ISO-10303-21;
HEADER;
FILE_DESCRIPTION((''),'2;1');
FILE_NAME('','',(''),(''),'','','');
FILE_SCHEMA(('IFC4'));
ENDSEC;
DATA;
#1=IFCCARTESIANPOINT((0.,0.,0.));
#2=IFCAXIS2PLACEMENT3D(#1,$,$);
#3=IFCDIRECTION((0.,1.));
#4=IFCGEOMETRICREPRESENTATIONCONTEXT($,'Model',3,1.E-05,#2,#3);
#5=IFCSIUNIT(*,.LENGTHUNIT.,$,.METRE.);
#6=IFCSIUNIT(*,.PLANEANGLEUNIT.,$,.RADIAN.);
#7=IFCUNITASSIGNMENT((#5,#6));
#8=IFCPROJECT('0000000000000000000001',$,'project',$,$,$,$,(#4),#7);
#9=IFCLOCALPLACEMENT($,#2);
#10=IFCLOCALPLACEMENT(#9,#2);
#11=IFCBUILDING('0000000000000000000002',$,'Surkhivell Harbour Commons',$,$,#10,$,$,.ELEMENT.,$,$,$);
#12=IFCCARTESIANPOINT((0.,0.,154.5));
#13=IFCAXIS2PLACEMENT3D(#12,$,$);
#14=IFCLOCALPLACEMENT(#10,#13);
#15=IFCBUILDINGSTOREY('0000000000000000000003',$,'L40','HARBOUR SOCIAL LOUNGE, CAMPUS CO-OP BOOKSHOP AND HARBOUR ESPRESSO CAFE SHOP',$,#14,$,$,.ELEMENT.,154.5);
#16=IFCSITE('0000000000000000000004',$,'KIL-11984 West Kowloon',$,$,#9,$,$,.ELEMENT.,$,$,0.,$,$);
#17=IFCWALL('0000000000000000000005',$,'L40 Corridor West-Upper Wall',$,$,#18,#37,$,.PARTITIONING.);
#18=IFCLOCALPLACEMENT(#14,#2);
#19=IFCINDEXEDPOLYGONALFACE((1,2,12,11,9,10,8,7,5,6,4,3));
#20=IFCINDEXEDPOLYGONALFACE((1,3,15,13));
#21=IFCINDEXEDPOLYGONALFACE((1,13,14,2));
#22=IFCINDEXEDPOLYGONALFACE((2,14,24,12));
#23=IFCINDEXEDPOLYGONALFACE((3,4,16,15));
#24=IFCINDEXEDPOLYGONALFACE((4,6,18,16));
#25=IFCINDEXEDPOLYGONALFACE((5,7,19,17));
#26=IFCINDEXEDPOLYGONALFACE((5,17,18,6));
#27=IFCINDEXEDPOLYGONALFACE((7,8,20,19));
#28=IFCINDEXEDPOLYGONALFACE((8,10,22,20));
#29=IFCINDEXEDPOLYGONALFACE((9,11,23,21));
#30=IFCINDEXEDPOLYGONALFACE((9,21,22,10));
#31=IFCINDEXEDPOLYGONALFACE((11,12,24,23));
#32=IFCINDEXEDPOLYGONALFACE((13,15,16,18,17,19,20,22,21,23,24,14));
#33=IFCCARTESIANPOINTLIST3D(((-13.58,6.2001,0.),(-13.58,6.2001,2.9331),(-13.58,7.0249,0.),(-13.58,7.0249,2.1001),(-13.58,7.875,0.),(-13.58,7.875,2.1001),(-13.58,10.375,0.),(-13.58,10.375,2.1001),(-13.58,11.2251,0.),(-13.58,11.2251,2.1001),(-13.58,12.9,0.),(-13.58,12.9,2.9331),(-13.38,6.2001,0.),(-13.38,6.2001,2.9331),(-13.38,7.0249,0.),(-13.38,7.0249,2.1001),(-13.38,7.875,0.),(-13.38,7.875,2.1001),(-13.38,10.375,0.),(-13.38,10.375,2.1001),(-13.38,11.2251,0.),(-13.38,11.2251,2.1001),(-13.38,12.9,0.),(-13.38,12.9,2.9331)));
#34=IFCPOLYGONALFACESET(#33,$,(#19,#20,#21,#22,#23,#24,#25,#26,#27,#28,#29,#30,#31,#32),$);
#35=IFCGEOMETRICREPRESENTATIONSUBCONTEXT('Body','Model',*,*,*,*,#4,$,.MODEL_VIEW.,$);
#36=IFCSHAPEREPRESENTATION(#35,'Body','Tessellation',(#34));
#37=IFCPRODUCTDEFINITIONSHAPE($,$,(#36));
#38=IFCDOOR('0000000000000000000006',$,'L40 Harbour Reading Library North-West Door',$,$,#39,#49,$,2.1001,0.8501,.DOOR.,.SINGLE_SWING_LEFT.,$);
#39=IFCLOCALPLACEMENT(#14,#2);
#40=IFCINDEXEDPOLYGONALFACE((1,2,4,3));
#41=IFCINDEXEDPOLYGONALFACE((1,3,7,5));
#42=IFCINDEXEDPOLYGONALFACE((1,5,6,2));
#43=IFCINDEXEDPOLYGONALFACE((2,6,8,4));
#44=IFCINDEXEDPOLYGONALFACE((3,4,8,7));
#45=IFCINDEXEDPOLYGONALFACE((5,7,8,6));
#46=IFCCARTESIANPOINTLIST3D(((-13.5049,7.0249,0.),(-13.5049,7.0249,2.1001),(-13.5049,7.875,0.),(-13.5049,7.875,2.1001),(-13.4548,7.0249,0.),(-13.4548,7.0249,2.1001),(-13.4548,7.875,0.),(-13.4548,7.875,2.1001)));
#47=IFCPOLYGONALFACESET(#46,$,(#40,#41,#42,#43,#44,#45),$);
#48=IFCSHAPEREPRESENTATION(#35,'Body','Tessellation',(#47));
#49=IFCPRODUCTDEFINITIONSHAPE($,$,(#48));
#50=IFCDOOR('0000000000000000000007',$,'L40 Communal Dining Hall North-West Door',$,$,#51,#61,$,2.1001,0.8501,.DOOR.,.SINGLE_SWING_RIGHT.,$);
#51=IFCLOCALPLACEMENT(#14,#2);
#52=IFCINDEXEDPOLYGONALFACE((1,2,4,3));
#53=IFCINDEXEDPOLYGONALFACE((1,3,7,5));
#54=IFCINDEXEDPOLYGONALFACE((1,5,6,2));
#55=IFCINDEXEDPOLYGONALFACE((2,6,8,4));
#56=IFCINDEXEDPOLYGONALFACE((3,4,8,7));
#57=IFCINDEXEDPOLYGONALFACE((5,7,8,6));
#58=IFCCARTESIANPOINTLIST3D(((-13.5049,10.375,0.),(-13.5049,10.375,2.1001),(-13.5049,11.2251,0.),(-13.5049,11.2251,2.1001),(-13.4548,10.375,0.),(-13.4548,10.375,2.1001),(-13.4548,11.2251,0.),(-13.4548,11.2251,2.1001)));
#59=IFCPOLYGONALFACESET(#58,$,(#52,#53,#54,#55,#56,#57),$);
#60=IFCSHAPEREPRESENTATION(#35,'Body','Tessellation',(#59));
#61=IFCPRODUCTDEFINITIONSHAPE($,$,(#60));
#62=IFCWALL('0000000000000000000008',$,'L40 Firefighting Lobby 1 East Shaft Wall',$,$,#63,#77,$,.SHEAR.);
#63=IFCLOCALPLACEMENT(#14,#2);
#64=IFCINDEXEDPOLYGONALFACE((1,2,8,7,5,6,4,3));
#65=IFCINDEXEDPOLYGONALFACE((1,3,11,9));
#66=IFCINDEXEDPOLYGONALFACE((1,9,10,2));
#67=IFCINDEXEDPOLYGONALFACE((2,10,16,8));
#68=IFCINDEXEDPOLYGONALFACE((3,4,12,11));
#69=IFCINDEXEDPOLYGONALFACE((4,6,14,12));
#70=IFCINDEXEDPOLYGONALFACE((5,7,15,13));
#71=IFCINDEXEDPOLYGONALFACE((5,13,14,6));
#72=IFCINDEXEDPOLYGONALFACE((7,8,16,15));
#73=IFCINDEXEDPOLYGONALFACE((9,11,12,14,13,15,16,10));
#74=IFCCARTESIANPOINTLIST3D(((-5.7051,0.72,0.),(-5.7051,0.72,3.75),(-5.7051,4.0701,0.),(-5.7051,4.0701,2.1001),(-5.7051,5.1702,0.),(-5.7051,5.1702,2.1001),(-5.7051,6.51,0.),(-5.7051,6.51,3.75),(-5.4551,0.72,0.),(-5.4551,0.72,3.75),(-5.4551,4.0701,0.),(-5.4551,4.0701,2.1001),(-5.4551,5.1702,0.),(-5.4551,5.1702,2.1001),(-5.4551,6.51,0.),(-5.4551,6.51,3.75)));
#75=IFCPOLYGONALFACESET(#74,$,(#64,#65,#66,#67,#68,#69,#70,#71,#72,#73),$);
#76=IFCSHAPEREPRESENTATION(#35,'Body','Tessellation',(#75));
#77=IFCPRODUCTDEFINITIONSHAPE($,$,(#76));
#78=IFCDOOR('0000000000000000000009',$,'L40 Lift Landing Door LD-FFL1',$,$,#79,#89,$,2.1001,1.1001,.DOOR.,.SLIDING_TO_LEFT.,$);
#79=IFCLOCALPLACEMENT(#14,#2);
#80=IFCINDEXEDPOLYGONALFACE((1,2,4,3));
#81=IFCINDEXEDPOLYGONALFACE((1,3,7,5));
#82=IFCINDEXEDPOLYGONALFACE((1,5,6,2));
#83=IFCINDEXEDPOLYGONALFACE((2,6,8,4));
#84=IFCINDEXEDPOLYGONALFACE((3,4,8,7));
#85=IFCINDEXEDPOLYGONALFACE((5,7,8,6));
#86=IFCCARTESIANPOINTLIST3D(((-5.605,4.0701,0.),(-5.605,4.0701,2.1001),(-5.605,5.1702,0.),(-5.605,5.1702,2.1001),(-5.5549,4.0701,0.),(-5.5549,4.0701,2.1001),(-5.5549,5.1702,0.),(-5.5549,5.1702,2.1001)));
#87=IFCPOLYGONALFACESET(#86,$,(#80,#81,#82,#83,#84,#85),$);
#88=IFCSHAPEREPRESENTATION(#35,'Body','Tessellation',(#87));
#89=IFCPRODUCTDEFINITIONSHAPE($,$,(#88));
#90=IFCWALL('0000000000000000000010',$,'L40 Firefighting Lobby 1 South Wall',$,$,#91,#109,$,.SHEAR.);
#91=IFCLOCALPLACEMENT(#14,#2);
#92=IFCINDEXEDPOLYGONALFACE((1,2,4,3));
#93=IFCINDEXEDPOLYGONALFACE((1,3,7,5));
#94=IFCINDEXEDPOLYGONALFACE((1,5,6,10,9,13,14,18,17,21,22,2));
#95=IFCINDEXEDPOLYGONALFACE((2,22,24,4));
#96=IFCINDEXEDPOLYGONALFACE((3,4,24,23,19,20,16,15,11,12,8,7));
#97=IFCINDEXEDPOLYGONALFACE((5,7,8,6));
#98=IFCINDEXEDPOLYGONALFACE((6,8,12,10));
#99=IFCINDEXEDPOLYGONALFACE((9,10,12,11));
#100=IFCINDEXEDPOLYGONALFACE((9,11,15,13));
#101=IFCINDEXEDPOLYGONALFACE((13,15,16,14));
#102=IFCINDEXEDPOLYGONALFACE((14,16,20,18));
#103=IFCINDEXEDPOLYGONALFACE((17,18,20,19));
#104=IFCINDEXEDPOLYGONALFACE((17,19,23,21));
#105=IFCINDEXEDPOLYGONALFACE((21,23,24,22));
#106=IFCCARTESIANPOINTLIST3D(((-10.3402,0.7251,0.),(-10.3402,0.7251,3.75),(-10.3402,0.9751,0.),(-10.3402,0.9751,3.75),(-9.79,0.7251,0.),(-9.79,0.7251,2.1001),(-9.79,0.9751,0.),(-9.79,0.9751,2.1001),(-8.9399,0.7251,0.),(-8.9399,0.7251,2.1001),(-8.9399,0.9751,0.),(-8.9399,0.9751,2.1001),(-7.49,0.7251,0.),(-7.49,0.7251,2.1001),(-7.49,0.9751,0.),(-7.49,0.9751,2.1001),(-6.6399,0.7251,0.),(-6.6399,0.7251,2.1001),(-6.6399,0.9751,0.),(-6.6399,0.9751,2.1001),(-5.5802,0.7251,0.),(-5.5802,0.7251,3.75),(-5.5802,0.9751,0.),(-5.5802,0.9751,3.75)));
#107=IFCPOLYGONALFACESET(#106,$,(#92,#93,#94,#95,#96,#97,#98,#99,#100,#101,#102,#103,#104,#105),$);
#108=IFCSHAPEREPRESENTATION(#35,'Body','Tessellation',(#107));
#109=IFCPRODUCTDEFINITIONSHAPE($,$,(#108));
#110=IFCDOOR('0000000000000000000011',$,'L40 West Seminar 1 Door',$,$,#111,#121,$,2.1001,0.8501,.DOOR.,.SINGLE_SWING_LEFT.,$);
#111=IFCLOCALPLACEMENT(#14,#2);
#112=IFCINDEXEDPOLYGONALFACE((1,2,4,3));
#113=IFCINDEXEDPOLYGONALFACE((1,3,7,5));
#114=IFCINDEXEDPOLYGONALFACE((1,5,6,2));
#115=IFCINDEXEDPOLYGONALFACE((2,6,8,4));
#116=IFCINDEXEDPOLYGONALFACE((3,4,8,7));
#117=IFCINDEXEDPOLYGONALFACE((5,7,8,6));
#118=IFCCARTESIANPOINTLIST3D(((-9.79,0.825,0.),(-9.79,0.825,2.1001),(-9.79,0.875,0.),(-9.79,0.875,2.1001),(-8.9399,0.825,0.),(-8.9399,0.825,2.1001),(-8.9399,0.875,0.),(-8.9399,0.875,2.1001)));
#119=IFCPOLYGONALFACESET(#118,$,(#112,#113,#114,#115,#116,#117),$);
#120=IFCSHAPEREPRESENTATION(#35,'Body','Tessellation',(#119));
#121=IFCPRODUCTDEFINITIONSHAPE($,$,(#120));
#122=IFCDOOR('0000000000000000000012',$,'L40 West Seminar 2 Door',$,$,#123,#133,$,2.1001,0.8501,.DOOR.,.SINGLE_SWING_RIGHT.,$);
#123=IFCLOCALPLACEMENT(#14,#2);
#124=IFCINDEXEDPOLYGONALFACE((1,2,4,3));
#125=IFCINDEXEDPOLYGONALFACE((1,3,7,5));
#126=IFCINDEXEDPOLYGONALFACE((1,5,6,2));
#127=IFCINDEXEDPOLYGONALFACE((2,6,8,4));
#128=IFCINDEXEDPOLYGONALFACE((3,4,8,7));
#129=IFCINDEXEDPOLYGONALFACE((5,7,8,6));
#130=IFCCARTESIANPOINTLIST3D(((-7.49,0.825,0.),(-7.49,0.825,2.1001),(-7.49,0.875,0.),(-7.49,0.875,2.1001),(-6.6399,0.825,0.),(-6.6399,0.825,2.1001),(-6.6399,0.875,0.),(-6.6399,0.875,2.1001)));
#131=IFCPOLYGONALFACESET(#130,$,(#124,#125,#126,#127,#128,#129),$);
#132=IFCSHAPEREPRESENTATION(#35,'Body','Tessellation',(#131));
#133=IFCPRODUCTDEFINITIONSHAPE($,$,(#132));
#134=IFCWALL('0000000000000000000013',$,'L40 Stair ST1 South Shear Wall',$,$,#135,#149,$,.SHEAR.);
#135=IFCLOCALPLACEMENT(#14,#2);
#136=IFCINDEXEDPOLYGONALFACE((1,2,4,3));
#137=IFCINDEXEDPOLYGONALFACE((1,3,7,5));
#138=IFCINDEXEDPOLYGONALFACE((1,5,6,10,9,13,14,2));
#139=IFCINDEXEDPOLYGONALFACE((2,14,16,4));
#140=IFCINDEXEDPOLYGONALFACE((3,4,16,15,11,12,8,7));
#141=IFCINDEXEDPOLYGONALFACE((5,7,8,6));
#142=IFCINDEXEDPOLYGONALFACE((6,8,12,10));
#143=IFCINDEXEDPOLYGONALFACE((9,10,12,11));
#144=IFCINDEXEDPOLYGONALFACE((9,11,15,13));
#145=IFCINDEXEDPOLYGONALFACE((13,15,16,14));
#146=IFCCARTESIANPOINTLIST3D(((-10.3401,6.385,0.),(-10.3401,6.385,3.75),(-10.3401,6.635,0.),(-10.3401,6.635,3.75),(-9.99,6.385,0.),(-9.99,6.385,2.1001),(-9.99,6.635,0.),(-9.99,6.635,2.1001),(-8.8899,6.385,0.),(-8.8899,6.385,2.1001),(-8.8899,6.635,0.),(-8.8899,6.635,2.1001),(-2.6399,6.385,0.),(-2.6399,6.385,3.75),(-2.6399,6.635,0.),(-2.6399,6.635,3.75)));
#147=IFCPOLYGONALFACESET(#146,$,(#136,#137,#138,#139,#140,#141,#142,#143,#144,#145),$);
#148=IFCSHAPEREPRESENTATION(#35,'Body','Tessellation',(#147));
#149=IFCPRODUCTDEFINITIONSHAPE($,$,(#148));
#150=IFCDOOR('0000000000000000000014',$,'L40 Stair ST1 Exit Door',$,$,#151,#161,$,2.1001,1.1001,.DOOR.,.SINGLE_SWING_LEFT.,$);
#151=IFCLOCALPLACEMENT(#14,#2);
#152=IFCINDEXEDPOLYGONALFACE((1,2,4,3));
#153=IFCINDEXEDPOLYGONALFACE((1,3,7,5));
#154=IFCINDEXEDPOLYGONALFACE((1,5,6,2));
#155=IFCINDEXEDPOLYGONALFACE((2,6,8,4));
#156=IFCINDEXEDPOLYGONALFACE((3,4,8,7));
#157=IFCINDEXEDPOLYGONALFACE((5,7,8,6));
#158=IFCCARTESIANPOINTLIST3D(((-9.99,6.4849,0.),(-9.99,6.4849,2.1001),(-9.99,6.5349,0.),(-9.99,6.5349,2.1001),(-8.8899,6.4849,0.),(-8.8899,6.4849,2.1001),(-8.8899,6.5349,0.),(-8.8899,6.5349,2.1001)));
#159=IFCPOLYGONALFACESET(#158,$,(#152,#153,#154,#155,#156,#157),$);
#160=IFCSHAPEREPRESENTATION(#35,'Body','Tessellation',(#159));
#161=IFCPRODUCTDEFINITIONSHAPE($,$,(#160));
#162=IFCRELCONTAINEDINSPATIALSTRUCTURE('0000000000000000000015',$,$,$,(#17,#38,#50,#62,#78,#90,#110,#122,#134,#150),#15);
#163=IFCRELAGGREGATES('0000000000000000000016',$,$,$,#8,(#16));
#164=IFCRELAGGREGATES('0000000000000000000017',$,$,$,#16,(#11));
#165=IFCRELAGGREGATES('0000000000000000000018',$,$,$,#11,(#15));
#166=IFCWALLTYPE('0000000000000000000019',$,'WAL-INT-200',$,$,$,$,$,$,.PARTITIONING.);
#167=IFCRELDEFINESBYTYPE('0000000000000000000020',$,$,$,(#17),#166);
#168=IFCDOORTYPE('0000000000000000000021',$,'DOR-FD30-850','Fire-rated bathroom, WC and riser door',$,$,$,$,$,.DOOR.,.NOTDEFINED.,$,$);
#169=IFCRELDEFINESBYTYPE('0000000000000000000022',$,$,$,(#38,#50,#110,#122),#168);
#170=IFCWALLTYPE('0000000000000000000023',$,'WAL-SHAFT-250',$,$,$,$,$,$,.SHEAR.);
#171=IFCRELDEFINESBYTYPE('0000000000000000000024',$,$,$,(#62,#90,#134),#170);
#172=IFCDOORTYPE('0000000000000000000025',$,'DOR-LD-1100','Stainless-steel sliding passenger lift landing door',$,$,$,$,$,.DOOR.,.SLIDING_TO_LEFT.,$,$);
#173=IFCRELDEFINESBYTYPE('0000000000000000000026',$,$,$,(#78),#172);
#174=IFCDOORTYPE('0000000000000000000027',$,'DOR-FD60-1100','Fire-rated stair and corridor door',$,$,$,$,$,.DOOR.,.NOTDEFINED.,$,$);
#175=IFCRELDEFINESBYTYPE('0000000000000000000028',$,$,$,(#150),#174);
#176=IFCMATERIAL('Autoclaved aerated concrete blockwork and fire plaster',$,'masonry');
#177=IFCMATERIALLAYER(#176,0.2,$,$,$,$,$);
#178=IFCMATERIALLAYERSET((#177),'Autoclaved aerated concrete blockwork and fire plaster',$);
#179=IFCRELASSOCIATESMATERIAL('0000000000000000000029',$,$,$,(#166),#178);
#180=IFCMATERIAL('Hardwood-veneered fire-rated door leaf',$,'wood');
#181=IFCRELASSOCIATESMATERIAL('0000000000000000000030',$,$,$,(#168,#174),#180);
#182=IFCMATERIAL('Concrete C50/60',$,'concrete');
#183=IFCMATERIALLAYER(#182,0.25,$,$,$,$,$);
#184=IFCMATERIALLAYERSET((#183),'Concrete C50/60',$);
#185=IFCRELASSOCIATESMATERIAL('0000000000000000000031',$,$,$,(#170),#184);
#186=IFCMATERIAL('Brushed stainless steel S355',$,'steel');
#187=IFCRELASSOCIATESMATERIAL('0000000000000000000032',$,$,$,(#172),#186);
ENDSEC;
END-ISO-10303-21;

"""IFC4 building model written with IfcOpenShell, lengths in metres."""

from ifc_helpers import new_model, si_unit, direction, frame, frame_2d, origin, place, context, subcontext, project, spatial, rectangle, extrude, material, layer, layer_set, type_object, element, fill, save


model = new_model("IFC4")

# Units and contexts
model_context = context("Model", 3, precision=1e-05, world=origin(), true_north=direction((0.0, 1.0)))
body_context = subcontext(model_context, "Body", "Model", "MODEL_VIEW")
ifc_project = project(units=[si_unit("LENGTHUNIT", "METRE"), si_unit("PLANEANGLEUNIT", "RADIAN")], contexts=[model_context])

# Site, building, storey
site_placement = place(None, origin())
site = spatial("IfcSite", under=ifc_project, at=site_placement, Name="KIL-11984 West Kowloon", CompositionType="ELEMENT", RefElevation=0.0)
building_placement = place(site_placement, origin())
building = spatial("IfcBuilding", under=site, at=building_placement, Name="Surkhivell Harbour Commons", CompositionType="ELEMENT")
storey_placement = place(building_placement, frame((0.0, 0.0, 154.5)))
storey = spatial("IfcBuildingStorey", under=building, at=storey_placement, Name="L40", Description="HARBOUR SOCIAL LOUNGE, CAMPUS CO-OP BOOKSHOP AND HARBOUR ESPRESSO CAFE SHOP", CompositionType="ELEMENT", Elevation=154.5)

# Shared definitions
ifc_material_1 = material(Name="Hardwood-veneered fire-rated door leaf", Category="wood")

# Wall, openings, doors
ifc_material_2 = material(Name="Autoclaved aerated concrete blockwork and fire plaster", Category="masonry")
ifc_layer_1 = layer(ifc_material_2, 0.2)
ifc_layer_set_1 = layer_set([ifc_layer_1], Name="Autoclaved aerated concrete blockwork and fire plaster")
wall_type_1 = type_object("IfcWallType", Name="WAL-INT-200", PredefinedType="PARTITIONING", material=ifc_layer_set_1)
wall_1_placement = place(storey_placement, frame((-13.48, 6.2, 0.0), z_axis=(0.0, 0.0, 1.0), x_axis=(0.0, 1.0, 0.0)))
wall_1 = element("IfcWall", 1, at=wall_1_placement, inside=storey, type_object=wall_type_1, Name="L40 Corridor West-Upper Wall", PredefinedType="PARTITIONING", context=body_context, shape_type="SweptSolid", body=[
    extrude(rectangle(XDim=6.7, YDim=0.2, at=frame_2d((3.3501, 0.0))), origin(), (0.0, 0.0, 1.0), 2.9331),
])
opening_1_placement = place(wall_1_placement, frame((0.825, 0.0, 0.0)))
opening_1 = element("IfcOpeningElement", 2, at=opening_1_placement, cuts=wall_1, PredefinedType="OPENING", context=body_context, shape_type="SweptSolid", body=[
    extrude(rectangle(XDim=0.8501, YDim=2.1001, at=frame_2d((0.425, 1.05))), frame((0.0, 0.1099, 0.0), z_axis=(0.0, -1.0, 0.0), x_axis=(1.0, 0.0, 0.0)), (0.0, 0.0, 1.0), 0.22),
])
opening_2_placement = place(wall_1_placement, frame((4.175, 0.0, 0.0)))
opening_2 = element("IfcOpeningElement", 3, at=opening_2_placement, cuts=wall_1, PredefinedType="OPENING", context=body_context, shape_type="SweptSolid", body=[
    extrude(rectangle(XDim=0.8501, YDim=2.1001, at=frame_2d((0.425, 1.05))), frame((0.0, 0.1099, 0.0), z_axis=(0.0, -1.0, 0.0), x_axis=(1.0, 0.0, 0.0)), (0.0, 0.0, 1.0), 0.22),
])
door_type_1 = type_object("IfcDoorType", Name="DOR-FD30-850", Description="Fire-rated bathroom, WC and riser door", OperationType="NOTDEFINED", PredefinedType="DOOR", material=ifc_material_1)
door_1_placement = place(opening_1_placement, origin())
door_1 = element("IfcDoor", 4, at=door_1_placement, inside=storey, type_object=door_type_1, Name="L40 Harbour Reading Library North-West Door", OperationType="SINGLE_SWING_LEFT", OverallHeight=2.1001, OverallWidth=0.8501, PredefinedType="DOOR", context=body_context, shape_type="SweptSolid", body=[
    extrude(rectangle(XDim=0.8501, YDim=2.1001, at=frame_2d((0.425, 1.05))), frame((0.0, 0.0249, 0.0), z_axis=(0.0, -1.0, 0.0), x_axis=(1.0, 0.0, 0.0)), (0.0, 0.0, 1.0), 0.05),
])
fill(opening_1, door_1)
door_2_placement = place(opening_2_placement, origin())
door_2 = element("IfcDoor", 5, at=door_2_placement, inside=storey, type_object=door_type_1, Name="L40 Communal Dining Hall North-West Door", OperationType="SINGLE_SWING_RIGHT", OverallHeight=2.1001, OverallWidth=0.8501, PredefinedType="DOOR", context=body_context, shape_type="SweptSolid", body=[
    extrude(rectangle(XDim=0.8501, YDim=2.1001, at=frame_2d((0.425, 1.05))), frame((0.0, 0.0249, 0.0), z_axis=(0.0, -1.0, 0.0), x_axis=(1.0, 0.0, 0.0)), (0.0, 0.0, 1.0), 0.05),
])
fill(opening_2, door_2)

# Wall, opening, door
ifc_material_3 = material(Name="Concrete C50/60", Category="concrete")
ifc_layer_2 = layer(ifc_material_3, 0.25)
ifc_layer_set_2 = layer_set([ifc_layer_2], Name="Concrete C50/60")
wall_type_2 = type_object("IfcWallType", Name="WAL-SHAFT-250", PredefinedType="SHEAR", material=ifc_layer_set_2)
wall_2_placement = place(storey_placement, frame((-5.5801, 0.72, 0.0), z_axis=(0.0, 0.0, 1.0), x_axis=(0.0, 1.0, 0.0)))
wall_2 = element("IfcWall", 6, at=wall_2_placement, inside=storey, type_object=wall_type_2, Name="L40 Firefighting Lobby 1 East Shaft Wall", PredefinedType="SHEAR", context=body_context, shape_type="SweptSolid", body=[
    extrude(rectangle(XDim=5.79, YDim=0.25, at=frame_2d((2.895, 0.0))), origin(), (0.0, 0.0, 1.0), 3.75),
])
opening_3_placement = place(wall_2_placement, frame((3.3501, 0.0, 0.0)))
opening_3 = element("IfcOpeningElement", 7, at=opening_3_placement, cuts=wall_2, PredefinedType="OPENING", context=body_context, shape_type="SweptSolid", body=[
    extrude(rectangle(XDim=1.1001, YDim=2.1001, at=frame_2d((0.55, 1.05))), frame((0.0, 0.135, 0.0), z_axis=(0.0, -1.0, 0.0), x_axis=(1.0, 0.0, 0.0)), (0.0, 0.0, 1.0), 0.27),
])
ifc_material_4 = material(Name="Brushed stainless steel S355", Category="steel")
door_type_2 = type_object("IfcDoorType", Name="DOR-LD-1100", Description="Stainless-steel sliding passenger lift landing door", OperationType="SLIDING_TO_LEFT", PredefinedType="DOOR", material=ifc_material_4)
door_3_placement = place(opening_3_placement, origin())
door_3 = element("IfcDoor", 8, at=door_3_placement, inside=storey, type_object=door_type_2, Name="L40 Lift Landing Door LD-FFL1", OperationType="SLIDING_TO_LEFT", OverallHeight=2.1001, OverallWidth=1.1001, PredefinedType="DOOR", context=body_context, shape_type="SweptSolid", body=[
    extrude(rectangle(XDim=1.1001, YDim=2.1001, at=frame_2d((0.55, 1.05))), frame((0.0, 0.0249, 0.0), z_axis=(0.0, -1.0, 0.0), x_axis=(1.0, 0.0, 0.0)), (0.0, 0.0, 1.0), 0.05),
])
fill(opening_3, door_3)

# Wall, openings, doors
wall_3_placement = place(storey_placement, frame((-10.3401, 0.8501, 0.0), z_axis=(0.0, 0.0, 1.0), x_axis=(1.0, 0.0, 0.0)))
wall_3 = element("IfcWall", 9, at=wall_3_placement, inside=storey, type_object=wall_type_2, Name="L40 Firefighting Lobby 1 South Wall", PredefinedType="SHEAR", context=body_context, shape_type="SweptSolid", body=[
    extrude(rectangle(XDim=4.76, YDim=0.25, at=frame_2d((2.3799, 0.0))), origin(), (0.0, 0.0, 1.0), 3.75),
])
opening_4_placement = place(wall_3_placement, frame((0.55, 0.0, 0.0)))
opening_4 = element("IfcOpeningElement", 10, at=opening_4_placement, cuts=wall_3, PredefinedType="OPENING", context=body_context, shape_type="SweptSolid", body=[
    extrude(rectangle(XDim=0.8501, YDim=2.1001, at=frame_2d((0.425, 1.05))), frame((0.0, 0.135, 0.0), z_axis=(0.0, -1.0, 0.0), x_axis=(1.0, 0.0, 0.0)), (0.0, 0.0, 1.0), 0.27),
])
opening_5_placement = place(wall_3_placement, frame((2.8501, 0.0, 0.0)))
opening_5 = element("IfcOpeningElement", 11, at=opening_5_placement, cuts=wall_3, PredefinedType="OPENING", context=body_context, shape_type="SweptSolid", body=[
    extrude(rectangle(XDim=0.8501, YDim=2.1001, at=frame_2d((0.425, 1.05))), frame((0.0, 0.135, 0.0), z_axis=(0.0, -1.0, 0.0), x_axis=(1.0, 0.0, 0.0)), (0.0, 0.0, 1.0), 0.27),
])
door_4_placement = place(opening_4_placement, origin())
door_4 = element("IfcDoor", 12, at=door_4_placement, inside=storey, type_object=door_type_1, Name="L40 West Seminar 1 Door", OperationType="SINGLE_SWING_LEFT", OverallHeight=2.1001, OverallWidth=0.8501, PredefinedType="DOOR", context=body_context, shape_type="SweptSolid", body=[
    extrude(rectangle(XDim=0.8501, YDim=2.1001, at=frame_2d((0.425, 1.05))), frame((0.0, 0.0249, 0.0), z_axis=(0.0, -1.0, 0.0), x_axis=(1.0, 0.0, 0.0)), (0.0, 0.0, 1.0), 0.05),
])
fill(opening_4, door_4)
door_5_placement = place(opening_5_placement, origin())
door_5 = element("IfcDoor", 13, at=door_5_placement, inside=storey, type_object=door_type_1, Name="L40 West Seminar 2 Door", OperationType="SINGLE_SWING_RIGHT", OverallHeight=2.1001, OverallWidth=0.8501, PredefinedType="DOOR", context=body_context, shape_type="SweptSolid", body=[
    extrude(rectangle(XDim=0.8501, YDim=2.1001, at=frame_2d((0.425, 1.05))), frame((0.0, 0.0249, 0.0), z_axis=(0.0, -1.0, 0.0), x_axis=(1.0, 0.0, 0.0)), (0.0, 0.0, 1.0), 0.05),
])
fill(opening_5, door_5)

# Wall, opening, door
wall_4_placement = place(storey_placement, frame((-10.3401, 6.51, 0.0), z_axis=(0.0, 0.0, 1.0), x_axis=(1.0, 0.0, 0.0)))
wall_4 = element("IfcWall", 14, at=wall_4_placement, inside=storey, type_object=wall_type_2, Name="L40 Stair ST1 South Shear Wall", PredefinedType="SHEAR", context=body_context, shape_type="SweptSolid", body=[
    extrude(rectangle(XDim=7.7002, YDim=0.25, at=frame_2d((3.8501, 0.0))), origin(), (0.0, 0.0, 1.0), 3.75),
])
opening_6_placement = place(wall_4_placement, frame((0.3501, 0.0, 0.0)))
opening_6 = element("IfcOpeningElement", 15, at=opening_6_placement, cuts=wall_4, PredefinedType="OPENING", context=body_context, shape_type="SweptSolid", body=[
    extrude(rectangle(XDim=1.1001, YDim=2.1001, at=frame_2d((0.55, 1.05))), frame((0.0, 0.135, 0.0), z_axis=(0.0, -1.0, 0.0), x_axis=(1.0, 0.0, 0.0)), (0.0, 0.0, 1.0), 0.27),
])
door_type_3 = type_object("IfcDoorType", Name="DOR-FD60-1100", Description="Fire-rated stair and corridor door", OperationType="NOTDEFINED", PredefinedType="DOOR", material=ifc_material_1)
door_6_placement = place(opening_6_placement, origin())
door_6 = element("IfcDoor", 16, at=door_6_placement, inside=storey, type_object=door_type_3, Name="L40 Stair ST1 Exit Door", OperationType="SINGLE_SWING_LEFT", OverallHeight=2.1001, OverallWidth=1.1001, PredefinedType="DOOR", context=body_context, shape_type="SweptSolid", body=[
    extrude(rectangle(XDim=1.1001, YDim=2.1001, at=frame_2d((0.55, 1.05))), frame((0.0, 0.0249, 0.0), z_axis=(0.0, -1.0, 0.0), x_axis=(1.0, 0.0, 0.0)), (0.0, 0.0, 1.0), 0.05),
])
fill(opening_6, door_6)

save(model, "model.ifc")
